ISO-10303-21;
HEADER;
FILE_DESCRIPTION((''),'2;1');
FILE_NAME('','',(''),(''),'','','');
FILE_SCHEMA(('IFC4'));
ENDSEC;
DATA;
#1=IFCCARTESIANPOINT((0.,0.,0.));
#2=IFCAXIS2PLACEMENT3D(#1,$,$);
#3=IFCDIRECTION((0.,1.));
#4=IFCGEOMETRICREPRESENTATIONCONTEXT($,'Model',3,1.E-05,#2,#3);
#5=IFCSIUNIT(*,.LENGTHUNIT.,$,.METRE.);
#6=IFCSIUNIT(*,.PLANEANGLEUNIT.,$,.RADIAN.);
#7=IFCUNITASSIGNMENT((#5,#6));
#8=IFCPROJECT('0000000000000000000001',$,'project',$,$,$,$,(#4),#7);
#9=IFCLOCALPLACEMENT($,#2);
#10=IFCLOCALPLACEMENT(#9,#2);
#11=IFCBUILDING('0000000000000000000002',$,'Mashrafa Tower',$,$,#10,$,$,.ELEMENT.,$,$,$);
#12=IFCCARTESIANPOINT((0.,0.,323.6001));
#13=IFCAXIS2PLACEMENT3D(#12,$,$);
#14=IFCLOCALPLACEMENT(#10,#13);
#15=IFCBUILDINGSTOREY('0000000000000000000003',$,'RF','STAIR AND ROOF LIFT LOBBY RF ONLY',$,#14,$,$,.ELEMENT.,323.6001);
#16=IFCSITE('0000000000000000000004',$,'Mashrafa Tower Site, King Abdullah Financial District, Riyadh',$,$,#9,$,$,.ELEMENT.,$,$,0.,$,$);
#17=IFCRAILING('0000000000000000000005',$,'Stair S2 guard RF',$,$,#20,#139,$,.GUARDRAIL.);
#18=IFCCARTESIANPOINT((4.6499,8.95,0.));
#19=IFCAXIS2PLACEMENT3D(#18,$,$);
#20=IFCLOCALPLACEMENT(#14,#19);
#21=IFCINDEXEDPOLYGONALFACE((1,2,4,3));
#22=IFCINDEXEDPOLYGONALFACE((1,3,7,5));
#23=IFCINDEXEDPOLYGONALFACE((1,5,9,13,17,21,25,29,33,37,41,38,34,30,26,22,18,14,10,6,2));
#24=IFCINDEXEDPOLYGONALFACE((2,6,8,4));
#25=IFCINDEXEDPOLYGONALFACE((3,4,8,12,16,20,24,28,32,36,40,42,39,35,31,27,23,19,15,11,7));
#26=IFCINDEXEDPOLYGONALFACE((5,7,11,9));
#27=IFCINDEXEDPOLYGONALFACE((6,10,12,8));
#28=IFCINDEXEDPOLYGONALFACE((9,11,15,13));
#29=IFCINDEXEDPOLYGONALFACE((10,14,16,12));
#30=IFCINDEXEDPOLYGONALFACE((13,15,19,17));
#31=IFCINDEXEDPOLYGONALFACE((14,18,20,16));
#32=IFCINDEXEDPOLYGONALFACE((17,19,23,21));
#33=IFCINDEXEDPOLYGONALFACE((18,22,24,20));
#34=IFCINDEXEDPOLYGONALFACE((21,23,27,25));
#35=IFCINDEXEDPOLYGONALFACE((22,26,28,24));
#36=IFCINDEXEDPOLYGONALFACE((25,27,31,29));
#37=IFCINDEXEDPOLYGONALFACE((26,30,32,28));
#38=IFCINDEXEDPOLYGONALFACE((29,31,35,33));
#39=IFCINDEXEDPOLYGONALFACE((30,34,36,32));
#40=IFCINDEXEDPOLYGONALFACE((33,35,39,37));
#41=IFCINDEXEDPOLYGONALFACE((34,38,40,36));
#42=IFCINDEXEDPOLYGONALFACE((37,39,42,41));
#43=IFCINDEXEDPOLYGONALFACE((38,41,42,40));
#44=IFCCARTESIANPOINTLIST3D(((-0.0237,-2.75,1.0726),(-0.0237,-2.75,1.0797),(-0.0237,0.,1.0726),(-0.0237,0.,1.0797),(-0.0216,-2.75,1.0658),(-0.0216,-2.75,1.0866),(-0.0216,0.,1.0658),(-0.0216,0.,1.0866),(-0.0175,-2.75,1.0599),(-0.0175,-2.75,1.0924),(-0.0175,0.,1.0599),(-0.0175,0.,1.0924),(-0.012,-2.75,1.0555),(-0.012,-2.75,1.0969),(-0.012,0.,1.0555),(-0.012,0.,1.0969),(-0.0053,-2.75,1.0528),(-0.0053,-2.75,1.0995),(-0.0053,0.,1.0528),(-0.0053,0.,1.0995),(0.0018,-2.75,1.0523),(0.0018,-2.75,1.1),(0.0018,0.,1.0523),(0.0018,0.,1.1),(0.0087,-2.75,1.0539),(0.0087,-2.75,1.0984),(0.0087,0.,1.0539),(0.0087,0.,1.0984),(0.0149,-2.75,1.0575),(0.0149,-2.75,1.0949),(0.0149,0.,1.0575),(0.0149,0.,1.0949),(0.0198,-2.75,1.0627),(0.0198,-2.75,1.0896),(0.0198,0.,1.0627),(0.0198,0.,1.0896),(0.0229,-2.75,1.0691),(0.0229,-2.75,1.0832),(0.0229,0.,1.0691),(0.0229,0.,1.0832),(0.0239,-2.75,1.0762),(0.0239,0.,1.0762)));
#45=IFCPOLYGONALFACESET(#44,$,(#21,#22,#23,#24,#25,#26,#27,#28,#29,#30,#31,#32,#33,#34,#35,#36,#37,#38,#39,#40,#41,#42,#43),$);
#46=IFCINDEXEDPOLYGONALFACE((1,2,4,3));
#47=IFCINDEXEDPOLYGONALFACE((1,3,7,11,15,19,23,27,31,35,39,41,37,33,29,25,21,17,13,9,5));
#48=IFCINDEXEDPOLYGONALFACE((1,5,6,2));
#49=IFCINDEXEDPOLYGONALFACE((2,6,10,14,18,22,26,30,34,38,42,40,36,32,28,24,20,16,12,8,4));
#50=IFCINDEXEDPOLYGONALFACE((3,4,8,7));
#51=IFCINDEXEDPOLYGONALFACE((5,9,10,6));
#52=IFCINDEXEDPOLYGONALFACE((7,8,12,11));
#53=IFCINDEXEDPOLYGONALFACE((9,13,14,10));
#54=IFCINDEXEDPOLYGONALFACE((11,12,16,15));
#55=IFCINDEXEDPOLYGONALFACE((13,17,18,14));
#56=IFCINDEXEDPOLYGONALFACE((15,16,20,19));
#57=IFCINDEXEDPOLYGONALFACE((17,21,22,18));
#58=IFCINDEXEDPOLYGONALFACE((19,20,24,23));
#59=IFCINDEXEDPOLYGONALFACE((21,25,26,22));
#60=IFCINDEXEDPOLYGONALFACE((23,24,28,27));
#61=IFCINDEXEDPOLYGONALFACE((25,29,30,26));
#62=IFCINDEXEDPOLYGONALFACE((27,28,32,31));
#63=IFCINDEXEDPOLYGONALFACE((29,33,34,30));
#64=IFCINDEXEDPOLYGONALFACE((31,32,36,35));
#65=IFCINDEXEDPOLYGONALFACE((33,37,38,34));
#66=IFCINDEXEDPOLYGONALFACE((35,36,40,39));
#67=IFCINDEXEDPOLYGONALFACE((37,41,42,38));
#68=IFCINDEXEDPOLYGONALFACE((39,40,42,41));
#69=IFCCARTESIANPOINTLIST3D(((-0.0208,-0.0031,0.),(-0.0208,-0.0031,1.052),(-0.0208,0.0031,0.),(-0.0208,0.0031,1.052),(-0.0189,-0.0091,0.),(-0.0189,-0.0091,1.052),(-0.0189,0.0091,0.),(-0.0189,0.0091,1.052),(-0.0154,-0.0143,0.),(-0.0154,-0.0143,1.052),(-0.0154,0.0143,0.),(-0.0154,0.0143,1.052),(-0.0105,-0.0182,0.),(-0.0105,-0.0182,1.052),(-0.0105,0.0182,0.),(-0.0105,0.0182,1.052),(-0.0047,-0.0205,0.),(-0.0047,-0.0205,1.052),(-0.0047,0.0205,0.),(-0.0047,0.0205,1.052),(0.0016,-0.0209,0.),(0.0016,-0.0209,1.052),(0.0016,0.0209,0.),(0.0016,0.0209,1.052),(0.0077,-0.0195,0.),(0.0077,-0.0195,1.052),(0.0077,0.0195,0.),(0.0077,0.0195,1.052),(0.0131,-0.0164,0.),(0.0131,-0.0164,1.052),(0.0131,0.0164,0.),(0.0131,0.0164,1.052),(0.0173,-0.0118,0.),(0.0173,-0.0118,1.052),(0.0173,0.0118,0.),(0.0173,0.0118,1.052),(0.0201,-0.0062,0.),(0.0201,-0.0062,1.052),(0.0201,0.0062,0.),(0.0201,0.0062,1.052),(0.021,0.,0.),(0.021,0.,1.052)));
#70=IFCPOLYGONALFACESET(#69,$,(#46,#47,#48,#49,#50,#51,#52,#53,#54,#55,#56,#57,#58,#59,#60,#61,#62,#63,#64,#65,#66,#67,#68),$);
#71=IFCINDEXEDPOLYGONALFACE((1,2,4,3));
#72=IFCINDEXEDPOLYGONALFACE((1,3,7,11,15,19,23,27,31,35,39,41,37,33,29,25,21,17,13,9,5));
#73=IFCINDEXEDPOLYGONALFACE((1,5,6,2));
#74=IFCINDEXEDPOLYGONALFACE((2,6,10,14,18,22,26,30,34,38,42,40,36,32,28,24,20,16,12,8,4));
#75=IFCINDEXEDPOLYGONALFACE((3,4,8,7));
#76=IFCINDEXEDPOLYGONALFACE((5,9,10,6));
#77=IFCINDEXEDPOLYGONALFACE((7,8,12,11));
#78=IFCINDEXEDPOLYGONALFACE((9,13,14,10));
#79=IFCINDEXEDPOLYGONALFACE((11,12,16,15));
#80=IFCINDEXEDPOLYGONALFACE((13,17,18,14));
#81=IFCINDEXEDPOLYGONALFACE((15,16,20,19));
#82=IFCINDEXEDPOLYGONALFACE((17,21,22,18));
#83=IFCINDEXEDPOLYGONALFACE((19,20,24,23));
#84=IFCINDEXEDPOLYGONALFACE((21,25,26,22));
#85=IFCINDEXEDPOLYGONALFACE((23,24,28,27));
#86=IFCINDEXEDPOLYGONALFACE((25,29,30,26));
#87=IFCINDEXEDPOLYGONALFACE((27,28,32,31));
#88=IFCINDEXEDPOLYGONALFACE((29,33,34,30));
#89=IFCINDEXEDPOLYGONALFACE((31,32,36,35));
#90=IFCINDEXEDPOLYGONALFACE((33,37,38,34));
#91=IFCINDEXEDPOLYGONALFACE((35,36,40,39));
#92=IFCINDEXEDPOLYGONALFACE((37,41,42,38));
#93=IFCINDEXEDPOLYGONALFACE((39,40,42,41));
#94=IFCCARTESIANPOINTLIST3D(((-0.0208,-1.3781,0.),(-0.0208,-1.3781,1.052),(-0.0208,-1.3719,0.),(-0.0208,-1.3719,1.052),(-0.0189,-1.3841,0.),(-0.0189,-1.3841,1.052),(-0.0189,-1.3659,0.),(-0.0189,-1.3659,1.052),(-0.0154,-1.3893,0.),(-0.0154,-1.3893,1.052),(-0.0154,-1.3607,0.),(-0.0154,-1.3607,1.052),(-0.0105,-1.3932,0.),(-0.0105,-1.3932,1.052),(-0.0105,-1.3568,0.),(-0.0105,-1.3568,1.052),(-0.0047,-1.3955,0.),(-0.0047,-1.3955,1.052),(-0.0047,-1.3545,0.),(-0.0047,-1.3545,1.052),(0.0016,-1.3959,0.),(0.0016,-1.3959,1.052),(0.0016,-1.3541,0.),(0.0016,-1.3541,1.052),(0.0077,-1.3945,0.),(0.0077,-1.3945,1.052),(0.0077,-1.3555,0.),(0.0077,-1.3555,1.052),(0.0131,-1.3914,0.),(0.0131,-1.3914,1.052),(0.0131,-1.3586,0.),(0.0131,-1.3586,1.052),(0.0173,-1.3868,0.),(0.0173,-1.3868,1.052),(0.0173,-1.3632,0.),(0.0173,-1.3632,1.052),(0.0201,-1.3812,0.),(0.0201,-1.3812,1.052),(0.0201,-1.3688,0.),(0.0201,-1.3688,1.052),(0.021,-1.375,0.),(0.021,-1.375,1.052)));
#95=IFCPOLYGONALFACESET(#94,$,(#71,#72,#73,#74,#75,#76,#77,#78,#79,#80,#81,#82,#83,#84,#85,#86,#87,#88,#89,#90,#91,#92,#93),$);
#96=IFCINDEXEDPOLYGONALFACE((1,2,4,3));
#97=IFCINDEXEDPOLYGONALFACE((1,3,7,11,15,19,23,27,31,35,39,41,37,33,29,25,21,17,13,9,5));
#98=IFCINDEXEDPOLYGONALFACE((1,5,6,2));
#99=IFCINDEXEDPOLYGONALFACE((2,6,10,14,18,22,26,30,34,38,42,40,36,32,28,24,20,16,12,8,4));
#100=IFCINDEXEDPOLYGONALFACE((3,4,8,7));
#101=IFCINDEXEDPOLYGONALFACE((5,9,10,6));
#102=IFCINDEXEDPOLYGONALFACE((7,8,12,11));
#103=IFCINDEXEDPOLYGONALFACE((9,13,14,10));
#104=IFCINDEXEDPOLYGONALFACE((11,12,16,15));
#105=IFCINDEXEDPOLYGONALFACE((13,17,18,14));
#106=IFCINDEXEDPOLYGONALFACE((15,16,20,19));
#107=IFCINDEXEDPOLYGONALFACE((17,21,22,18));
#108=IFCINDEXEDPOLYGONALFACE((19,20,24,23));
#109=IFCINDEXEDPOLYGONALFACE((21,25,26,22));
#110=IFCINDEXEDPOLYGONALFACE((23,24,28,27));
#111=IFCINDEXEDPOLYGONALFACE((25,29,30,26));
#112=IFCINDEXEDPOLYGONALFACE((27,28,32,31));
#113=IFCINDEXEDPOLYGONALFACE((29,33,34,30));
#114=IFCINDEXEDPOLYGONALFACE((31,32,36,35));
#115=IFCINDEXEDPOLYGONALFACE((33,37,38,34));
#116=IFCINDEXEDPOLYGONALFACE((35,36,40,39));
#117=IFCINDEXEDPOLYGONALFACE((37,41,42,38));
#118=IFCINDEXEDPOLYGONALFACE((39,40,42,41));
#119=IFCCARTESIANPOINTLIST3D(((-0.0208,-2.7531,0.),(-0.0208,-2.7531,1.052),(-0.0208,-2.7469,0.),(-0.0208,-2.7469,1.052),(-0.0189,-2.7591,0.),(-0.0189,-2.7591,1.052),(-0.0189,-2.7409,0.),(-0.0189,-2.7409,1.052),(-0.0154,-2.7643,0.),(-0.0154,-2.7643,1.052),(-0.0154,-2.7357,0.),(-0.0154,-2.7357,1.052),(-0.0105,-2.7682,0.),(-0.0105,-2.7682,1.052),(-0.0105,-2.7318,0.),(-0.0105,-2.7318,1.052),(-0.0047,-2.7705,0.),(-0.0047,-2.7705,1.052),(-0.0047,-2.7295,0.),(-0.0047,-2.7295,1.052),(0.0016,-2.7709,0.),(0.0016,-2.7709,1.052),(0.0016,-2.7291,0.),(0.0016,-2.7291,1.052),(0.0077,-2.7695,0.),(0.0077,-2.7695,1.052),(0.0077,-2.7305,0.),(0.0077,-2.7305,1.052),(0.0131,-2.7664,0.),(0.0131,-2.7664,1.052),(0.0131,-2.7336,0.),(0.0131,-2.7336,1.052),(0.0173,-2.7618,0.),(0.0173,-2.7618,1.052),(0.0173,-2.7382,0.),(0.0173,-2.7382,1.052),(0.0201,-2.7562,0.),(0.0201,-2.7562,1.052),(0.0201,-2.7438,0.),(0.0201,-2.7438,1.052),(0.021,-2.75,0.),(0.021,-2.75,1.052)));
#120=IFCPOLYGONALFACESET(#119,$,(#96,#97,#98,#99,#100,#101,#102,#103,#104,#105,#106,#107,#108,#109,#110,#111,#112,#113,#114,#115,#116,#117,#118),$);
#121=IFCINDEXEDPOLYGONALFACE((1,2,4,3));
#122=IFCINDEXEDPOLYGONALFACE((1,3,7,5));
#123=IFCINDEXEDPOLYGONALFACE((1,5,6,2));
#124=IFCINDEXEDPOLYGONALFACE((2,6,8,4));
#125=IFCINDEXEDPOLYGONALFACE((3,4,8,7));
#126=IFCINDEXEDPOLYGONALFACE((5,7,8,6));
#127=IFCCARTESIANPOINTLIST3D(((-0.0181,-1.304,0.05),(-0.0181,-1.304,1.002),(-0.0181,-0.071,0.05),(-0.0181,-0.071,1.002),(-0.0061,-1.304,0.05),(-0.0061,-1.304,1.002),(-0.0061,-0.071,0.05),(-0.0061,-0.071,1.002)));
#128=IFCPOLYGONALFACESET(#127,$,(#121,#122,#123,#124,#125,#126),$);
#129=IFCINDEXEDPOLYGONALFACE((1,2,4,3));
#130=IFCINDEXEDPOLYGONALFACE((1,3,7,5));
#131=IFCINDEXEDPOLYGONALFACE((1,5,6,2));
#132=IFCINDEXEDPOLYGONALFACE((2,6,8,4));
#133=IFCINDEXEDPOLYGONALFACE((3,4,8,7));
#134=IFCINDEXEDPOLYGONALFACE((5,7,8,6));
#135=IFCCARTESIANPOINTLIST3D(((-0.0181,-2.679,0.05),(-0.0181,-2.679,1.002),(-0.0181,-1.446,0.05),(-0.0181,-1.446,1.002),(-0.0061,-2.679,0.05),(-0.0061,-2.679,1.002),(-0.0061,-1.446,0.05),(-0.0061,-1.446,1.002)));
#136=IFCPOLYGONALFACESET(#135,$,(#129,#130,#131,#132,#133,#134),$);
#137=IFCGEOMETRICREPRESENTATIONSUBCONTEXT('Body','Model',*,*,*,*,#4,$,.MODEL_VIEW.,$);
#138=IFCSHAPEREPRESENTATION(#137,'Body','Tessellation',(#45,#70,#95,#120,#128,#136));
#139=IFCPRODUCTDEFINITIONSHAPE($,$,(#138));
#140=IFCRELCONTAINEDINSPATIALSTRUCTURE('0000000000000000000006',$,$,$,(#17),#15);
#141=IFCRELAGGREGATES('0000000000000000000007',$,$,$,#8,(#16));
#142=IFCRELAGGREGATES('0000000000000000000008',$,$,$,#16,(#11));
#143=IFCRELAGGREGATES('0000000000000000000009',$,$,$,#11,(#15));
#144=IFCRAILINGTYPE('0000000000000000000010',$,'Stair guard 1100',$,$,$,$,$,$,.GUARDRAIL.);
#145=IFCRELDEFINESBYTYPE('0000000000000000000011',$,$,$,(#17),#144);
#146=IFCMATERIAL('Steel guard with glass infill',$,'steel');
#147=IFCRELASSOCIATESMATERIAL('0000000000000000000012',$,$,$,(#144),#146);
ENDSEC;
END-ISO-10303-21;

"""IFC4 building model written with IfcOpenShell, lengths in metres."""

from ifc_helpers import new_model, si_unit, direction, frame, origin, origin_2d, place, context, subcontext, project, spatial, polyline, circle, outline, extrude, material, type_object, element, save


model = new_model("IFC4")

# Units and contexts
model_context = context("Model", 3, precision=1e-05, world=origin(), true_north=direction((0.0, 1.0)))
body_context = subcontext(model_context, "Body", "Model", "MODEL_VIEW")
ifc_project = project(units=[si_unit("LENGTHUNIT", "METRE"), si_unit("PLANEANGLEUNIT", "RADIAN")], contexts=[model_context])

# Site, building, storey
site_placement = place(None, origin())
site = spatial("IfcSite", under=ifc_project, at=site_placement, Name="Mashrafa Tower Site, King Abdullah Financial District, Riyadh", CompositionType="ELEMENT", RefElevation=0.0)
building_placement = place(site_placement, origin())
building = spatial("IfcBuilding", under=site, at=building_placement, Name="Mashrafa Tower", CompositionType="ELEMENT")
storey_placement = place(building_placement, frame((0.0, 0.0, 323.6001)))
storey = spatial("IfcBuildingStorey", under=building, at=storey_placement, Name="RF", Description="STAIR AND ROOF LIFT LOBBY RF ONLY", CompositionType="ELEMENT", Elevation=323.6001)

# Railing
ifc_material_1 = material(Name="Steel guard with glass infill", Category="steel")
railing_type = type_object("IfcRailingType", Name="Stair guard 1100", PredefinedType="GUARDRAIL", material=ifc_material_1)
railing_placement = place(storey_placement, frame((4.6499, 8.95, 0.0)))
element("IfcRailing", 1, at=railing_placement, inside=storey, type_object=railing_type, Name="Stair S2 guard RF", PredefinedType="GUARDRAIL", context=body_context, shape_type="SweptSolid", body=[
    extrude(circle(Radius=0.0239, at=origin_2d()), frame((0.0, 0.0, 1.0762), z_axis=(0.0, -1.0, 0.0), x_axis=(1.0, 0.0, 0.0)), (0.0, 0.0, 1.0), 2.75),
    extrude(circle(Radius=0.021, at=origin_2d()), origin(), (0.0, 0.0, 1.0), 1.052),
    extrude(circle(Radius=0.021, at=origin_2d()), frame((0.0, -1.375, 0.0)), (0.0, 0.0, 1.0), 1.052),
    extrude(circle(Radius=0.021, at=origin_2d()), frame((0.0, -2.75, 0.0)), (0.0, 0.0, 1.0), 1.052),
    extrude(outline(polyline([(0.071, 0.05), (1.304, 0.05), (1.304, 1.002), (0.071, 1.002), (0.071, 0.05)])), frame((-0.0061, 0.0, 0.0), z_axis=(-1.0, 0.0, 0.0), x_axis=(0.0, -1.0, 0.0)), (0.0, 0.0, 1.0), 0.012),
    extrude(outline(polyline([(1.446, 0.05), (2.679, 0.05), (2.679, 1.002), (1.446, 1.002), (1.446, 0.05)])), frame((-0.0061, 0.0, 0.0), z_axis=(-1.0, 0.0, 0.0), x_axis=(0.0, -1.0, 0.0)), (0.0, 0.0, 1.0), 0.012),
])

save(model, "model.ifc")
